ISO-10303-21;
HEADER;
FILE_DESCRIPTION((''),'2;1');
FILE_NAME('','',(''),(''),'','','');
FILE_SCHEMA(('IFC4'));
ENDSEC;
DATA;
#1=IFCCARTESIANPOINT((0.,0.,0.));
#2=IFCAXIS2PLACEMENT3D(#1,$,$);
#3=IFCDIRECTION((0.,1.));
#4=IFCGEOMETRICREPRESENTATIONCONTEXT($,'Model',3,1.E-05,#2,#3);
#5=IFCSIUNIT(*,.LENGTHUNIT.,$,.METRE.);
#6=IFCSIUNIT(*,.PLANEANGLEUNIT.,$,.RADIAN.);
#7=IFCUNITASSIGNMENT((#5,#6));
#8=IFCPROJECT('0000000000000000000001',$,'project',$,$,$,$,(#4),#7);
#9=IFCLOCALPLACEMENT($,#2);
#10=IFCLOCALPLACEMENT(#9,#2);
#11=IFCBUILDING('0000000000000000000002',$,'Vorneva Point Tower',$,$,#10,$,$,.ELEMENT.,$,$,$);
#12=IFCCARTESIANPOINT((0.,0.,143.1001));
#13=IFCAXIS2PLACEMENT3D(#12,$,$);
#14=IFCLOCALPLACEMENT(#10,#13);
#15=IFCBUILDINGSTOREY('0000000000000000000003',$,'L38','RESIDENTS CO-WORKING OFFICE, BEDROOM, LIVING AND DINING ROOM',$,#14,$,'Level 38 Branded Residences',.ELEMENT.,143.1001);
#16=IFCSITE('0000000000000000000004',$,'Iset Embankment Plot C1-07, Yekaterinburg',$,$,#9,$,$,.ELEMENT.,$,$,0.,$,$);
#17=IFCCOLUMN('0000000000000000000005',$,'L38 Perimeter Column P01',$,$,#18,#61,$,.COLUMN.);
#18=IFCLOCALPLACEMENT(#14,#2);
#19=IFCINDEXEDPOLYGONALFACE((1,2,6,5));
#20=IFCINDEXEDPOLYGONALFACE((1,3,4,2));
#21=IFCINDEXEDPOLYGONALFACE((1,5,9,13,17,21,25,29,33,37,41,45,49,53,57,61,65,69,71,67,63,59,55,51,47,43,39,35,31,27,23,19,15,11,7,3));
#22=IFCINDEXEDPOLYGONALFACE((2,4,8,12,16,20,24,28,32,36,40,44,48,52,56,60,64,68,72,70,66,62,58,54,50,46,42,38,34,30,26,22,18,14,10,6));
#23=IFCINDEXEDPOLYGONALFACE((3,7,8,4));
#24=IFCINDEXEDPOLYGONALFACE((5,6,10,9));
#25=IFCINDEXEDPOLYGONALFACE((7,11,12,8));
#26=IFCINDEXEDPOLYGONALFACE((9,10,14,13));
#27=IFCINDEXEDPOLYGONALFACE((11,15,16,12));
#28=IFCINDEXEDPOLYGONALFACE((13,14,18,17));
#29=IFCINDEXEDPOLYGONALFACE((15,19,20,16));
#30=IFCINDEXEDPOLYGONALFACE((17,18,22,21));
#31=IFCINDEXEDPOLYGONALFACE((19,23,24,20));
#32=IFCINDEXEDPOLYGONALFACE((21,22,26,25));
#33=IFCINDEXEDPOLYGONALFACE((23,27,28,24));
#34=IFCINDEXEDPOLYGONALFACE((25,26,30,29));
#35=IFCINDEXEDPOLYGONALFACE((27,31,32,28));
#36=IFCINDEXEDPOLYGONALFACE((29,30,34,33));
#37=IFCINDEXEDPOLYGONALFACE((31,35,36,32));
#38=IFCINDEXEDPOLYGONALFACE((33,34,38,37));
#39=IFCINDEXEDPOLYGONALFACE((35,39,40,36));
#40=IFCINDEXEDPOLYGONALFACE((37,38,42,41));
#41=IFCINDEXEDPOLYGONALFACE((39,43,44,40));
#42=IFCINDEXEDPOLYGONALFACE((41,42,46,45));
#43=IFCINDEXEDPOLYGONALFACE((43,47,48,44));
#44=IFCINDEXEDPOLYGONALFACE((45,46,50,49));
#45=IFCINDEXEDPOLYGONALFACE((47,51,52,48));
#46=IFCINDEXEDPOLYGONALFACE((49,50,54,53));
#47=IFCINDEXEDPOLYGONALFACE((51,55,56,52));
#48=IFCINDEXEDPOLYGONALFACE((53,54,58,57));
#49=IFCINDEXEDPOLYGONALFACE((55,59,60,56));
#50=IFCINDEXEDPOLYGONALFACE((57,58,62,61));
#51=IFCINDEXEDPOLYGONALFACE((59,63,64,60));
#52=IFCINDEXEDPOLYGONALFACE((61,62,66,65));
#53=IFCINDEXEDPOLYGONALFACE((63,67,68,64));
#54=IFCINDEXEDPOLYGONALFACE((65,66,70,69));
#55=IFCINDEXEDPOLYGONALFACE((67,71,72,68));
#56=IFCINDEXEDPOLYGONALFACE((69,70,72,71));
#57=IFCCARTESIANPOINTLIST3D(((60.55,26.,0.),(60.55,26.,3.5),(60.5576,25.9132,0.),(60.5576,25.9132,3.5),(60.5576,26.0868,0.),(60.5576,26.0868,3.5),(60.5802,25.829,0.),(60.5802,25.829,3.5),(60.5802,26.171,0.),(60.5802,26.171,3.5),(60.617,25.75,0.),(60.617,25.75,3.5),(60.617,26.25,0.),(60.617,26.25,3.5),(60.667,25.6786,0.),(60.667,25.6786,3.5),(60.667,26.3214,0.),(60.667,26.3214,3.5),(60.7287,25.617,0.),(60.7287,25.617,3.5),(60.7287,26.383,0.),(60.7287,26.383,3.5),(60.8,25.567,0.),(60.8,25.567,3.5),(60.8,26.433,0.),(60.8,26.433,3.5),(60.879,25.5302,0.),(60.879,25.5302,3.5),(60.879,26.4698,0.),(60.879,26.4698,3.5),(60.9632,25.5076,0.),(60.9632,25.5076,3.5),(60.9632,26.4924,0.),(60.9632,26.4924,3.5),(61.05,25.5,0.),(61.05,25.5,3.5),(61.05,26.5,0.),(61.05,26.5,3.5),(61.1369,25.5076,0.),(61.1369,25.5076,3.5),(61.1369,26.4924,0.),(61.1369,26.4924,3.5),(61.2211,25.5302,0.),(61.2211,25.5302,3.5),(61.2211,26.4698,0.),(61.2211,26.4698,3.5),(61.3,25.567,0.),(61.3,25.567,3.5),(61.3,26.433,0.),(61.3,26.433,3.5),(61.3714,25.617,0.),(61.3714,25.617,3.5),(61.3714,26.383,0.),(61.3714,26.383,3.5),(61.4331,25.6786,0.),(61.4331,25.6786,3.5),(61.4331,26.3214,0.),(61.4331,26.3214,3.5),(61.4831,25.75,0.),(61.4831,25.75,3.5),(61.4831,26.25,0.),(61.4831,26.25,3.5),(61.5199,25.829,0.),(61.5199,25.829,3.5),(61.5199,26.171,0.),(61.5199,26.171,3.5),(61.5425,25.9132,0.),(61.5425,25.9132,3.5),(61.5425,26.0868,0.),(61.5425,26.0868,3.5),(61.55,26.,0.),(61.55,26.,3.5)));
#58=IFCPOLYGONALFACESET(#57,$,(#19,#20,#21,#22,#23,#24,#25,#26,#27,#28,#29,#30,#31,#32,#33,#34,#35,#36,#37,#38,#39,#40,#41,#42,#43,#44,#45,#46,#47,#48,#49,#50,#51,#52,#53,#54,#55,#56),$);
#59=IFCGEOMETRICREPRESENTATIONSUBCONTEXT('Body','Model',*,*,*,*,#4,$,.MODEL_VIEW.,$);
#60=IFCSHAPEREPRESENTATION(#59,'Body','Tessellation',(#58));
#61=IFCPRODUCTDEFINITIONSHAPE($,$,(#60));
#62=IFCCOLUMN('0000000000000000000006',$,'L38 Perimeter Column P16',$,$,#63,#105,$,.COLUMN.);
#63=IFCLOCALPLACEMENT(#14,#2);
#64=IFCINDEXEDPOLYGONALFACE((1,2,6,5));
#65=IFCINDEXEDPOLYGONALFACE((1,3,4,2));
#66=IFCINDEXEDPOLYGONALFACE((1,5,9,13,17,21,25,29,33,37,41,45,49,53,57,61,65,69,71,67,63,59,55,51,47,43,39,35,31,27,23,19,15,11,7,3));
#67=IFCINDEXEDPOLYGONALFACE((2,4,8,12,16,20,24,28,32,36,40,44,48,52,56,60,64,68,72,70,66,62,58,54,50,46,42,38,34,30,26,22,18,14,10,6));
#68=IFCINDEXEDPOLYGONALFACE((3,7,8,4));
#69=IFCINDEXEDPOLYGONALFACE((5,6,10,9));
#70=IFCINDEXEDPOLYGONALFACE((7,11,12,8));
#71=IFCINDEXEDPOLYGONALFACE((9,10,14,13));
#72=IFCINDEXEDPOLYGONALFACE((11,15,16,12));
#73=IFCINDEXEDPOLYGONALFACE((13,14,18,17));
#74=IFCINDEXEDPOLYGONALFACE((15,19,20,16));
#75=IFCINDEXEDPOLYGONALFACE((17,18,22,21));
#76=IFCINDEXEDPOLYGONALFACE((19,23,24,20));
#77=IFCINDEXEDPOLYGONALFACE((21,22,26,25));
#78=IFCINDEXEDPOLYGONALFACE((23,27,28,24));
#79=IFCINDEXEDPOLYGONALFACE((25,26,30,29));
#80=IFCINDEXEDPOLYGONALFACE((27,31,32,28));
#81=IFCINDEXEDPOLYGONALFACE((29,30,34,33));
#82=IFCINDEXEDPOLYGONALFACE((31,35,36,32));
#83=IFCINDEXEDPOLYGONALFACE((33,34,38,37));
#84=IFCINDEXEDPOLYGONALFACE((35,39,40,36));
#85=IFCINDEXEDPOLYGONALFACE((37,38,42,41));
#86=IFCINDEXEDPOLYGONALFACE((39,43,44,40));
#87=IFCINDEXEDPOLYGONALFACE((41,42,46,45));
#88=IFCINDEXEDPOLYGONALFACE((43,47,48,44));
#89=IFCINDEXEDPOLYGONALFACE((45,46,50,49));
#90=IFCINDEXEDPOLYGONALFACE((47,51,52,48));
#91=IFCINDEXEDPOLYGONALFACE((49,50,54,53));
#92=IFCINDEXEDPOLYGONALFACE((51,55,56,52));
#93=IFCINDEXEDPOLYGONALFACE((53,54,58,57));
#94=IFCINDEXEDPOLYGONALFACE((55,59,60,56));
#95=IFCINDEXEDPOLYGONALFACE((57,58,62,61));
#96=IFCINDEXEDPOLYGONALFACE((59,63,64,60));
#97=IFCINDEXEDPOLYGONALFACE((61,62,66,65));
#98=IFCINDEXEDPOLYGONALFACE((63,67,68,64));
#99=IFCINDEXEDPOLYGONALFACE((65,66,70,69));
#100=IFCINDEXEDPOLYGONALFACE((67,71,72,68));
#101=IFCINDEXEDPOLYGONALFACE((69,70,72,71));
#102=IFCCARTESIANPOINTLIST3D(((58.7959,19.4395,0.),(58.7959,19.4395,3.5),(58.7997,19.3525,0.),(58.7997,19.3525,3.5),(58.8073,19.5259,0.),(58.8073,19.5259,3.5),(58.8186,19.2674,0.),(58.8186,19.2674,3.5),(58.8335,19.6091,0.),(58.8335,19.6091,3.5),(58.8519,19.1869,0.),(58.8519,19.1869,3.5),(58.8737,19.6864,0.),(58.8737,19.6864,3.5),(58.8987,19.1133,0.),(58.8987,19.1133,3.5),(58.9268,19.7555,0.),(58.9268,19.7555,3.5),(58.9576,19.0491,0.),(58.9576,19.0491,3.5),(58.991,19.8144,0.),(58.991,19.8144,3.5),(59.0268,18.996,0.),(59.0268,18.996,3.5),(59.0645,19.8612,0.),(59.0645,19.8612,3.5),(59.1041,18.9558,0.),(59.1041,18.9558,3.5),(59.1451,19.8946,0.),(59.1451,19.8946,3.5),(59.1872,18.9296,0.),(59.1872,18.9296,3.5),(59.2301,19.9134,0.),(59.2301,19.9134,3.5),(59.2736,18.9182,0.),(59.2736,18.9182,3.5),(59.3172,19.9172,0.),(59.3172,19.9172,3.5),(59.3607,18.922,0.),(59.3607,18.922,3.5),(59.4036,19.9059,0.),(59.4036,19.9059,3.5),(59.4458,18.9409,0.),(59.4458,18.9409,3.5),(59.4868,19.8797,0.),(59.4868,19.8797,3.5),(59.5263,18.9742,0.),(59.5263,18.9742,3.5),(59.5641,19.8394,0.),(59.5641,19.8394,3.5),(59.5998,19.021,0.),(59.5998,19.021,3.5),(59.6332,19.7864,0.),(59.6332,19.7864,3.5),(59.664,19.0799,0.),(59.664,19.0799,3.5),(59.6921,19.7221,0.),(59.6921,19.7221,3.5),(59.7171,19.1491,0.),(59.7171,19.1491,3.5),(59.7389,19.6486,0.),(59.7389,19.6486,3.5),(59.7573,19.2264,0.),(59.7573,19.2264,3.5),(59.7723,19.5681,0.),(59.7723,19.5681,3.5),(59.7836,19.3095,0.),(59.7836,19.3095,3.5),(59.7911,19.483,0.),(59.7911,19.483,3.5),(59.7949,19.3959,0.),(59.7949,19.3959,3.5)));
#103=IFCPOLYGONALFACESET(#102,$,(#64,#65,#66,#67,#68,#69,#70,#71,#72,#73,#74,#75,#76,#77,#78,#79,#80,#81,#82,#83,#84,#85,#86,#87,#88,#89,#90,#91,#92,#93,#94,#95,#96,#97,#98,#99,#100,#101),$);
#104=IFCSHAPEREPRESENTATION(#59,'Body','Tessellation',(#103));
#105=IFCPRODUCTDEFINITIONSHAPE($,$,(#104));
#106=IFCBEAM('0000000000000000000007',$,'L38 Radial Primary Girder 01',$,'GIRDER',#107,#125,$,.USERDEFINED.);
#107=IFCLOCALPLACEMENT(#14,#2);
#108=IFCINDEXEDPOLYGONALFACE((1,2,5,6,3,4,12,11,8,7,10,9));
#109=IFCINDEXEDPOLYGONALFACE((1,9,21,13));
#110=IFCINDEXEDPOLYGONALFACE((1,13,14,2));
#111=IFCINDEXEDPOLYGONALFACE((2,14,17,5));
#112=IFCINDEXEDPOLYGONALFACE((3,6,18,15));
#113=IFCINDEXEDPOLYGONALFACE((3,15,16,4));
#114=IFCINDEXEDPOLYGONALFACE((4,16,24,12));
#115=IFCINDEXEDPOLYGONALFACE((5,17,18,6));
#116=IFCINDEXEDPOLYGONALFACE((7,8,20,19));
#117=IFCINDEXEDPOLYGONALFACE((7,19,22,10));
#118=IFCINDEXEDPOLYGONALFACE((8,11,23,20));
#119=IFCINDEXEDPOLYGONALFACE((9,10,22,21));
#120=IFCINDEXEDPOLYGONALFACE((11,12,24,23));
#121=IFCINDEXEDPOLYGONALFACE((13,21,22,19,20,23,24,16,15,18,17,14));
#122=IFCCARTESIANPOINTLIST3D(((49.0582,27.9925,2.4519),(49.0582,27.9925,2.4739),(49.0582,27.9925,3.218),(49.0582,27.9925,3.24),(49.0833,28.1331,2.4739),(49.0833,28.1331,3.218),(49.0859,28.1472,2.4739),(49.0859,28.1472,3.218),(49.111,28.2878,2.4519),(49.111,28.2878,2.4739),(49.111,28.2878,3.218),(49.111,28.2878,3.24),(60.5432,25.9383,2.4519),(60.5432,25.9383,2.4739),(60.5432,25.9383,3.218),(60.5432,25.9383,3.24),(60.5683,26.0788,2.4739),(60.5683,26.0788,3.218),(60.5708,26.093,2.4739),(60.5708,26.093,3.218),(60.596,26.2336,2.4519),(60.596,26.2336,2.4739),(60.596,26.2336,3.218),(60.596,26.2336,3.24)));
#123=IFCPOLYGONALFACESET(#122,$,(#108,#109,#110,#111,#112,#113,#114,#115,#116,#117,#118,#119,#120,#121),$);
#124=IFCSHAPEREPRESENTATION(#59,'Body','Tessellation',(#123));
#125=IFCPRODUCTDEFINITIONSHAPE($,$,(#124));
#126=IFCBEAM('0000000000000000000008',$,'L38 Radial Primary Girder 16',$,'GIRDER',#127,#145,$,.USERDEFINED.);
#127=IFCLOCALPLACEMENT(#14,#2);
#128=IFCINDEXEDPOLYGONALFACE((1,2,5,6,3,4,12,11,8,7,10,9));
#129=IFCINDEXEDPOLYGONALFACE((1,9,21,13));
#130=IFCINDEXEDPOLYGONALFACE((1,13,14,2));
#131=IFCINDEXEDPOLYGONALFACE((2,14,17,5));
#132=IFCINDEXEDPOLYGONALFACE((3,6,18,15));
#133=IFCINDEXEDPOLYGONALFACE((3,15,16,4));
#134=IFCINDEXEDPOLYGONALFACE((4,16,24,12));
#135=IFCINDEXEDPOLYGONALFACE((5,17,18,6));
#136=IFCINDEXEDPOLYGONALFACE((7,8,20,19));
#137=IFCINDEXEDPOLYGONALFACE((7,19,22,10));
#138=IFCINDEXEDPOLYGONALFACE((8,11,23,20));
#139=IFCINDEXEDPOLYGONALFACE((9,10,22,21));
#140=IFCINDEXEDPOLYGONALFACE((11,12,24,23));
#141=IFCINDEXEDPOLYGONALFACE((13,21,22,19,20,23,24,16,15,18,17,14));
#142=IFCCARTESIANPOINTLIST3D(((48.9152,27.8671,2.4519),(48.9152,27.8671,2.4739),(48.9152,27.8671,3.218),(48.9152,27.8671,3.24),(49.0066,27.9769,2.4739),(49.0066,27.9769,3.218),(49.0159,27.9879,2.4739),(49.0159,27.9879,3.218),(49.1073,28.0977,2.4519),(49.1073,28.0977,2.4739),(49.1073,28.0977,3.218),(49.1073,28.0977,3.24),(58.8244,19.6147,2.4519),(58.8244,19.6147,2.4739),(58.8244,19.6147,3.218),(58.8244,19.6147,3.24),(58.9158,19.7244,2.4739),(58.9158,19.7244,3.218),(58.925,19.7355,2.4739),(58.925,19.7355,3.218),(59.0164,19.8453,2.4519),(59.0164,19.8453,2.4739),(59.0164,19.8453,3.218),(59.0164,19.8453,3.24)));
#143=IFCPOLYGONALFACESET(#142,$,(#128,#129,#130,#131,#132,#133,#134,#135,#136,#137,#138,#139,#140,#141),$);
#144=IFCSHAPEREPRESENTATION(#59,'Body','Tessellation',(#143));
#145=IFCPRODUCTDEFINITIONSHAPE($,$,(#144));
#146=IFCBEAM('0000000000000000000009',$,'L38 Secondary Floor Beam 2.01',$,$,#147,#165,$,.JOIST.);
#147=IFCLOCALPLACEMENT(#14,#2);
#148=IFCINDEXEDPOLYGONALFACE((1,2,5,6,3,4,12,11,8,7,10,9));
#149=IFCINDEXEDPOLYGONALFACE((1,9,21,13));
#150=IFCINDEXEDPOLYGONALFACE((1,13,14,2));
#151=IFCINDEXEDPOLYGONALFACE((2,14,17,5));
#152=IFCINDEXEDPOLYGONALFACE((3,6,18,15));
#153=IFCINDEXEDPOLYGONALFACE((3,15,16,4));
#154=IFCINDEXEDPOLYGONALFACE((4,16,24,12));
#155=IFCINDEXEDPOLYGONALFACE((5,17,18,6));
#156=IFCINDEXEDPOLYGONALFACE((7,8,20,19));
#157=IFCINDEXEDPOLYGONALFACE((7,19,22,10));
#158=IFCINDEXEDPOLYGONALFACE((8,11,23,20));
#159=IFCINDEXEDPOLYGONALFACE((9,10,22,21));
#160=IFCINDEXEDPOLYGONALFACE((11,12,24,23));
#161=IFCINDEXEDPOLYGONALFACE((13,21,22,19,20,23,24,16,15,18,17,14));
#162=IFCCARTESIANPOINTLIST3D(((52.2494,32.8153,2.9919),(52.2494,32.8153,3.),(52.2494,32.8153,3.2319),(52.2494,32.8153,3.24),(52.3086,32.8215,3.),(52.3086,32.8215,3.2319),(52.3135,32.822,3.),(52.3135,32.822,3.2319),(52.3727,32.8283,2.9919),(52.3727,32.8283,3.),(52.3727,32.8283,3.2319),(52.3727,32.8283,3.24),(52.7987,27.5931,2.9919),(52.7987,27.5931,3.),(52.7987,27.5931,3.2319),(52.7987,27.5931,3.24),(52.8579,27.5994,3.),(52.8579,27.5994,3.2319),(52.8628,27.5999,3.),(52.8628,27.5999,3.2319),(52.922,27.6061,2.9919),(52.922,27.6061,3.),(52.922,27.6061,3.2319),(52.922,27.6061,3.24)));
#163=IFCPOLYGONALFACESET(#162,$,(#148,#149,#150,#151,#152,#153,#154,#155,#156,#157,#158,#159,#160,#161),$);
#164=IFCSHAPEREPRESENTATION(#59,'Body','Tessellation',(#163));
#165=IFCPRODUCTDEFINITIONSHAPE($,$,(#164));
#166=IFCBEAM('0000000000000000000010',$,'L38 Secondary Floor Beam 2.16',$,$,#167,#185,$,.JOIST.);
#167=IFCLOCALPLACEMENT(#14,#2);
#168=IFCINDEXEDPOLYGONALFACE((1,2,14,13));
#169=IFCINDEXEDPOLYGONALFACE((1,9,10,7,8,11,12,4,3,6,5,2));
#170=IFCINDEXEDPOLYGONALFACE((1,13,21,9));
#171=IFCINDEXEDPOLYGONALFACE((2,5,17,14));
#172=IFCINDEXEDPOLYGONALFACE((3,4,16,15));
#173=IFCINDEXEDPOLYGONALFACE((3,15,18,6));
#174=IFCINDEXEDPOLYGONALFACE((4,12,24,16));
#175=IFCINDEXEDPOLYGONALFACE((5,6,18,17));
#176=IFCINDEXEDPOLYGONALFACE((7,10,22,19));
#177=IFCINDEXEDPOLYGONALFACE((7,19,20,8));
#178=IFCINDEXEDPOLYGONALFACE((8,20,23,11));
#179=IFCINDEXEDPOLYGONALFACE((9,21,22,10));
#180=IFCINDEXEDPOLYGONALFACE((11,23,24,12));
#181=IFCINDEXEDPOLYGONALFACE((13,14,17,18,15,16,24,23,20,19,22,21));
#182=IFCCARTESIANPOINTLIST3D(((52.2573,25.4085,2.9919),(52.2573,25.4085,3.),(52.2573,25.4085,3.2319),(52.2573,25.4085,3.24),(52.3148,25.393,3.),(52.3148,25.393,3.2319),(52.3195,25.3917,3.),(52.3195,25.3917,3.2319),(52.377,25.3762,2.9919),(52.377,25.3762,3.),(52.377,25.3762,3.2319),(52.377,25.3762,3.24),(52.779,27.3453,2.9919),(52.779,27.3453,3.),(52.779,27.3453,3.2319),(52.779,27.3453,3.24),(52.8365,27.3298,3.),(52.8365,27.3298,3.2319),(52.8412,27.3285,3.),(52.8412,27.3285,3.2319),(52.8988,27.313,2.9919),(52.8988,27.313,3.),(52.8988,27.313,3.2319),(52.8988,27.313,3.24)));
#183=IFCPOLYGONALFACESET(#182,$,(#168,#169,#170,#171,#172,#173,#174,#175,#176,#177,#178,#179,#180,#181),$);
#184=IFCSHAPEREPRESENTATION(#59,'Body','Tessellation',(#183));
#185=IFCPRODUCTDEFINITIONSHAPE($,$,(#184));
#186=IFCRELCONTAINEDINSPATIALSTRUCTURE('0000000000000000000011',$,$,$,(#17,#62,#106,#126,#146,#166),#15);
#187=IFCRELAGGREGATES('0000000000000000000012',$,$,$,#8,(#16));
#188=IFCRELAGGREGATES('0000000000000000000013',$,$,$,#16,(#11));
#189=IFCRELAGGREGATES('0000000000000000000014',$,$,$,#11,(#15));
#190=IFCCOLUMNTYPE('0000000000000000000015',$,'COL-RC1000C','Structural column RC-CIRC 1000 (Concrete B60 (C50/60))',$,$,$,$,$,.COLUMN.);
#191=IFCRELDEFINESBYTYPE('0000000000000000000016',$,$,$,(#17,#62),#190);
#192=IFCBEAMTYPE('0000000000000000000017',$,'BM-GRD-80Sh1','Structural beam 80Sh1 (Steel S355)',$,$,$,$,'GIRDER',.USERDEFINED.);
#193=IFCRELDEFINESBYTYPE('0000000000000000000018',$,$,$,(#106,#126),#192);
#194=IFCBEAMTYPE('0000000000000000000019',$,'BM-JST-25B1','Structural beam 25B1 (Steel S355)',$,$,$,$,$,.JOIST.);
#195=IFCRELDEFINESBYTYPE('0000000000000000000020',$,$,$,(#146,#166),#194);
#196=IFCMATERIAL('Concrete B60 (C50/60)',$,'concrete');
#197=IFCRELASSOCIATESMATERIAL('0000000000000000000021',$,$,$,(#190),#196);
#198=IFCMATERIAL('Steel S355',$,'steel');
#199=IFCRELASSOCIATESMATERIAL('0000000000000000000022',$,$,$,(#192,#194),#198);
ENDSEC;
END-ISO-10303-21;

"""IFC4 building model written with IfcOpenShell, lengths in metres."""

from ifc_helpers import new_model, si_unit, direction, frame, origin, origin_2d, place, context, subcontext, project, spatial, circle, i_section, extrude, material, material_profile, profile_set, type_object, element, save


model = new_model("IFC4")

# Units and contexts
model_context = context("Model", 3, precision=1e-05, world=origin(), true_north=direction((0.0, 1.0)))
body_context = subcontext(model_context, "Body", "Model", "MODEL_VIEW")
ifc_project = project(units=[si_unit("LENGTHUNIT", "METRE"), si_unit("PLANEANGLEUNIT", "RADIAN")], contexts=[model_context])

# Site, building, storey
site_placement = place(None, origin())
site = spatial("IfcSite", under=ifc_project, at=site_placement, Name="Iset Embankment Plot C1-07, Yekaterinburg", CompositionType="ELEMENT", RefElevation=0.0)
building_placement = place(site_placement, origin())
building = spatial("IfcBuilding", under=site, at=building_placement, Name="Vorneva Point Tower", CompositionType="ELEMENT")
storey_placement = place(building_placement, frame((0.0, 0.0, 143.1001)))
storey = spatial("IfcBuildingStorey", under=building, at=storey_placement, Name="L38", Description="RESIDENTS CO-WORKING OFFICE, BEDROOM, LIVING AND DINING ROOM", LongName="Level 38 Branded Residences", CompositionType="ELEMENT", Elevation=143.1001)

# Columns
ifc_material_1 = material(Name="Concrete B60 (C50/60)", Category="concrete")
ifc_material_profile_1 = material_profile(ifc_material_1, circle(Radius=0.5, at=origin_2d()), Name="RC-CIRC 1000")
ifc_profile_set_1 = profile_set([ifc_material_profile_1], Name="Concrete B60 (C50/60)")
column_type = type_object("IfcColumnType", Name="COL-RC1000C", Description="Structural column RC-CIRC 1000 (Concrete B60 (C50/60))", PredefinedType="COLUMN", material=ifc_profile_set_1)
for number, where, z_axis, x_axis, name in (
    (1, (61.05, 26.0, 0.0), (0.0, 0.0, 1.0), (1.0, 0.0, 0.0), "L38 Perimeter Column P01"),
    (2, (59.2954, 19.4177, 0.0), (0.0, 0.0, 1.0), (0.92388, -0.382683, 0.0), "L38 Perimeter Column P16"),
):
    element("IfcColumn", number, at=place(storey_placement, frame(where, z_axis=z_axis, x_axis=x_axis)), inside=storey, type_object=column_type, Name=name, PredefinedType="COLUMN", context=body_context, shape_type="SweptSolid", body=[
        extrude(circle(Radius=0.5, at=origin_2d()), origin(), (0.0, 0.0, 1.0), 3.5),
    ])

# Beams
ifc_material_2 = material(Name="Steel S355", Category="steel")
ifc_material_profile_2 = material_profile(ifc_material_2, i_section(OverallWidth=0.3, OverallDepth=0.7881, WebThickness=0.0144, FlangeThickness=0.022, at=origin_2d()), Name="80Sh1")
ifc_profile_set_2 = profile_set([ifc_material_profile_2], Name="Steel S355")
beam_type_1 = type_object("IfcBeamType", Name="BM-GRD-80Sh1", Description="Structural beam 80Sh1 (Steel S355)", ElementType="GIRDER", PredefinedType="USERDEFINED", material=ifc_profile_set_2)
beam_1_placement = place(storey_placement, frame((60.5696, 26.0859, 2.8459), z_axis=(-0.984378, 0.176067, 0.0), x_axis=(-0.176067, -0.984378, 0.0)))
element("IfcBeam", 3, at=beam_1_placement, inside=storey, type_object=beam_type_1, Name="L38 Radial Primary Girder 01", ObjectType="GIRDER", PredefinedType="USERDEFINED", context=body_context, shape_type="SweptSolid", body=[
    extrude(i_section(OverallWidth=0.3, OverallDepth=0.7881, WebThickness=0.0144, FlangeThickness=0.022, at=origin_2d()), origin(), (0.0, 0.0, 1.0), 11.6672),
])
beam_2_placement = place(storey_placement, frame((58.9204, 19.73, 2.8459), z_axis=(-0.76842, 0.639946, 0.0), x_axis=(-0.639946, -0.76842, 0.0)))
element("IfcBeam", 4, at=beam_2_placement, inside=storey, type_object=beam_type_1, Name="L38 Radial Primary Girder 16", ObjectType="GIRDER", PredefinedType="USERDEFINED", context=body_context, shape_type="SweptSolid", body=[
    extrude(i_section(OverallWidth=0.3, OverallDepth=0.7881, WebThickness=0.0144, FlangeThickness=0.022, at=origin_2d()), origin(), (0.0, 0.0, 1.0), 12.8955),
])
ifc_material_profile_3 = material_profile(ifc_material_2, i_section(OverallWidth=0.124, OverallDepth=0.248, WebThickness=0.0049, FlangeThickness=0.0081, at=origin_2d()), Name="25B1")
ifc_profile_set_3 = profile_set([ifc_material_profile_3], Name="Steel S355")
beam_type_2 = type_object("IfcBeamType", Name="BM-JST-25B1", Description="Structural beam 25B1 (Steel S355)", PredefinedType="JOIST", material=ifc_profile_set_3)
beam_3_placement = place(storey_placement, frame((52.8604, 27.5996, 3.116), z_axis=(-0.104612, 0.994513, 0.0), x_axis=(-0.994513, -0.104612, 0.0)))
element("IfcBeam", 5, at=beam_3_placement, inside=storey, type_object=beam_type_2, Name="L38 Secondary Floor Beam 2.01", PredefinedType="JOIST", context=body_context, shape_type="SweptSolid", body=[
    extrude(i_section(OverallWidth=0.124, OverallDepth=0.248, WebThickness=0.0049, FlangeThickness=0.0081, at=origin_2d()), origin(), (0.0, 0.0, 1.0), 5.251),
])
beam_4_placement = place(storey_placement, frame((52.3171, 25.3923, 3.116), z_axis=(0.260109, 0.965579, 0.0), x_axis=(-0.965579, 0.260109, 0.0)))
element("IfcBeam", 6, at=beam_4_placement, inside=storey, type_object=beam_type_2, Name="L38 Secondary Floor Beam 2.16", PredefinedType="JOIST", context=body_context, shape_type="SweptSolid", body=[
    extrude(i_section(OverallWidth=0.124, OverallDepth=0.248, WebThickness=0.0049, FlangeThickness=0.0081, at=origin_2d()), origin(), (0.0, 0.0, 1.0), 2.0059),
])

save(model, "model.ifc")
